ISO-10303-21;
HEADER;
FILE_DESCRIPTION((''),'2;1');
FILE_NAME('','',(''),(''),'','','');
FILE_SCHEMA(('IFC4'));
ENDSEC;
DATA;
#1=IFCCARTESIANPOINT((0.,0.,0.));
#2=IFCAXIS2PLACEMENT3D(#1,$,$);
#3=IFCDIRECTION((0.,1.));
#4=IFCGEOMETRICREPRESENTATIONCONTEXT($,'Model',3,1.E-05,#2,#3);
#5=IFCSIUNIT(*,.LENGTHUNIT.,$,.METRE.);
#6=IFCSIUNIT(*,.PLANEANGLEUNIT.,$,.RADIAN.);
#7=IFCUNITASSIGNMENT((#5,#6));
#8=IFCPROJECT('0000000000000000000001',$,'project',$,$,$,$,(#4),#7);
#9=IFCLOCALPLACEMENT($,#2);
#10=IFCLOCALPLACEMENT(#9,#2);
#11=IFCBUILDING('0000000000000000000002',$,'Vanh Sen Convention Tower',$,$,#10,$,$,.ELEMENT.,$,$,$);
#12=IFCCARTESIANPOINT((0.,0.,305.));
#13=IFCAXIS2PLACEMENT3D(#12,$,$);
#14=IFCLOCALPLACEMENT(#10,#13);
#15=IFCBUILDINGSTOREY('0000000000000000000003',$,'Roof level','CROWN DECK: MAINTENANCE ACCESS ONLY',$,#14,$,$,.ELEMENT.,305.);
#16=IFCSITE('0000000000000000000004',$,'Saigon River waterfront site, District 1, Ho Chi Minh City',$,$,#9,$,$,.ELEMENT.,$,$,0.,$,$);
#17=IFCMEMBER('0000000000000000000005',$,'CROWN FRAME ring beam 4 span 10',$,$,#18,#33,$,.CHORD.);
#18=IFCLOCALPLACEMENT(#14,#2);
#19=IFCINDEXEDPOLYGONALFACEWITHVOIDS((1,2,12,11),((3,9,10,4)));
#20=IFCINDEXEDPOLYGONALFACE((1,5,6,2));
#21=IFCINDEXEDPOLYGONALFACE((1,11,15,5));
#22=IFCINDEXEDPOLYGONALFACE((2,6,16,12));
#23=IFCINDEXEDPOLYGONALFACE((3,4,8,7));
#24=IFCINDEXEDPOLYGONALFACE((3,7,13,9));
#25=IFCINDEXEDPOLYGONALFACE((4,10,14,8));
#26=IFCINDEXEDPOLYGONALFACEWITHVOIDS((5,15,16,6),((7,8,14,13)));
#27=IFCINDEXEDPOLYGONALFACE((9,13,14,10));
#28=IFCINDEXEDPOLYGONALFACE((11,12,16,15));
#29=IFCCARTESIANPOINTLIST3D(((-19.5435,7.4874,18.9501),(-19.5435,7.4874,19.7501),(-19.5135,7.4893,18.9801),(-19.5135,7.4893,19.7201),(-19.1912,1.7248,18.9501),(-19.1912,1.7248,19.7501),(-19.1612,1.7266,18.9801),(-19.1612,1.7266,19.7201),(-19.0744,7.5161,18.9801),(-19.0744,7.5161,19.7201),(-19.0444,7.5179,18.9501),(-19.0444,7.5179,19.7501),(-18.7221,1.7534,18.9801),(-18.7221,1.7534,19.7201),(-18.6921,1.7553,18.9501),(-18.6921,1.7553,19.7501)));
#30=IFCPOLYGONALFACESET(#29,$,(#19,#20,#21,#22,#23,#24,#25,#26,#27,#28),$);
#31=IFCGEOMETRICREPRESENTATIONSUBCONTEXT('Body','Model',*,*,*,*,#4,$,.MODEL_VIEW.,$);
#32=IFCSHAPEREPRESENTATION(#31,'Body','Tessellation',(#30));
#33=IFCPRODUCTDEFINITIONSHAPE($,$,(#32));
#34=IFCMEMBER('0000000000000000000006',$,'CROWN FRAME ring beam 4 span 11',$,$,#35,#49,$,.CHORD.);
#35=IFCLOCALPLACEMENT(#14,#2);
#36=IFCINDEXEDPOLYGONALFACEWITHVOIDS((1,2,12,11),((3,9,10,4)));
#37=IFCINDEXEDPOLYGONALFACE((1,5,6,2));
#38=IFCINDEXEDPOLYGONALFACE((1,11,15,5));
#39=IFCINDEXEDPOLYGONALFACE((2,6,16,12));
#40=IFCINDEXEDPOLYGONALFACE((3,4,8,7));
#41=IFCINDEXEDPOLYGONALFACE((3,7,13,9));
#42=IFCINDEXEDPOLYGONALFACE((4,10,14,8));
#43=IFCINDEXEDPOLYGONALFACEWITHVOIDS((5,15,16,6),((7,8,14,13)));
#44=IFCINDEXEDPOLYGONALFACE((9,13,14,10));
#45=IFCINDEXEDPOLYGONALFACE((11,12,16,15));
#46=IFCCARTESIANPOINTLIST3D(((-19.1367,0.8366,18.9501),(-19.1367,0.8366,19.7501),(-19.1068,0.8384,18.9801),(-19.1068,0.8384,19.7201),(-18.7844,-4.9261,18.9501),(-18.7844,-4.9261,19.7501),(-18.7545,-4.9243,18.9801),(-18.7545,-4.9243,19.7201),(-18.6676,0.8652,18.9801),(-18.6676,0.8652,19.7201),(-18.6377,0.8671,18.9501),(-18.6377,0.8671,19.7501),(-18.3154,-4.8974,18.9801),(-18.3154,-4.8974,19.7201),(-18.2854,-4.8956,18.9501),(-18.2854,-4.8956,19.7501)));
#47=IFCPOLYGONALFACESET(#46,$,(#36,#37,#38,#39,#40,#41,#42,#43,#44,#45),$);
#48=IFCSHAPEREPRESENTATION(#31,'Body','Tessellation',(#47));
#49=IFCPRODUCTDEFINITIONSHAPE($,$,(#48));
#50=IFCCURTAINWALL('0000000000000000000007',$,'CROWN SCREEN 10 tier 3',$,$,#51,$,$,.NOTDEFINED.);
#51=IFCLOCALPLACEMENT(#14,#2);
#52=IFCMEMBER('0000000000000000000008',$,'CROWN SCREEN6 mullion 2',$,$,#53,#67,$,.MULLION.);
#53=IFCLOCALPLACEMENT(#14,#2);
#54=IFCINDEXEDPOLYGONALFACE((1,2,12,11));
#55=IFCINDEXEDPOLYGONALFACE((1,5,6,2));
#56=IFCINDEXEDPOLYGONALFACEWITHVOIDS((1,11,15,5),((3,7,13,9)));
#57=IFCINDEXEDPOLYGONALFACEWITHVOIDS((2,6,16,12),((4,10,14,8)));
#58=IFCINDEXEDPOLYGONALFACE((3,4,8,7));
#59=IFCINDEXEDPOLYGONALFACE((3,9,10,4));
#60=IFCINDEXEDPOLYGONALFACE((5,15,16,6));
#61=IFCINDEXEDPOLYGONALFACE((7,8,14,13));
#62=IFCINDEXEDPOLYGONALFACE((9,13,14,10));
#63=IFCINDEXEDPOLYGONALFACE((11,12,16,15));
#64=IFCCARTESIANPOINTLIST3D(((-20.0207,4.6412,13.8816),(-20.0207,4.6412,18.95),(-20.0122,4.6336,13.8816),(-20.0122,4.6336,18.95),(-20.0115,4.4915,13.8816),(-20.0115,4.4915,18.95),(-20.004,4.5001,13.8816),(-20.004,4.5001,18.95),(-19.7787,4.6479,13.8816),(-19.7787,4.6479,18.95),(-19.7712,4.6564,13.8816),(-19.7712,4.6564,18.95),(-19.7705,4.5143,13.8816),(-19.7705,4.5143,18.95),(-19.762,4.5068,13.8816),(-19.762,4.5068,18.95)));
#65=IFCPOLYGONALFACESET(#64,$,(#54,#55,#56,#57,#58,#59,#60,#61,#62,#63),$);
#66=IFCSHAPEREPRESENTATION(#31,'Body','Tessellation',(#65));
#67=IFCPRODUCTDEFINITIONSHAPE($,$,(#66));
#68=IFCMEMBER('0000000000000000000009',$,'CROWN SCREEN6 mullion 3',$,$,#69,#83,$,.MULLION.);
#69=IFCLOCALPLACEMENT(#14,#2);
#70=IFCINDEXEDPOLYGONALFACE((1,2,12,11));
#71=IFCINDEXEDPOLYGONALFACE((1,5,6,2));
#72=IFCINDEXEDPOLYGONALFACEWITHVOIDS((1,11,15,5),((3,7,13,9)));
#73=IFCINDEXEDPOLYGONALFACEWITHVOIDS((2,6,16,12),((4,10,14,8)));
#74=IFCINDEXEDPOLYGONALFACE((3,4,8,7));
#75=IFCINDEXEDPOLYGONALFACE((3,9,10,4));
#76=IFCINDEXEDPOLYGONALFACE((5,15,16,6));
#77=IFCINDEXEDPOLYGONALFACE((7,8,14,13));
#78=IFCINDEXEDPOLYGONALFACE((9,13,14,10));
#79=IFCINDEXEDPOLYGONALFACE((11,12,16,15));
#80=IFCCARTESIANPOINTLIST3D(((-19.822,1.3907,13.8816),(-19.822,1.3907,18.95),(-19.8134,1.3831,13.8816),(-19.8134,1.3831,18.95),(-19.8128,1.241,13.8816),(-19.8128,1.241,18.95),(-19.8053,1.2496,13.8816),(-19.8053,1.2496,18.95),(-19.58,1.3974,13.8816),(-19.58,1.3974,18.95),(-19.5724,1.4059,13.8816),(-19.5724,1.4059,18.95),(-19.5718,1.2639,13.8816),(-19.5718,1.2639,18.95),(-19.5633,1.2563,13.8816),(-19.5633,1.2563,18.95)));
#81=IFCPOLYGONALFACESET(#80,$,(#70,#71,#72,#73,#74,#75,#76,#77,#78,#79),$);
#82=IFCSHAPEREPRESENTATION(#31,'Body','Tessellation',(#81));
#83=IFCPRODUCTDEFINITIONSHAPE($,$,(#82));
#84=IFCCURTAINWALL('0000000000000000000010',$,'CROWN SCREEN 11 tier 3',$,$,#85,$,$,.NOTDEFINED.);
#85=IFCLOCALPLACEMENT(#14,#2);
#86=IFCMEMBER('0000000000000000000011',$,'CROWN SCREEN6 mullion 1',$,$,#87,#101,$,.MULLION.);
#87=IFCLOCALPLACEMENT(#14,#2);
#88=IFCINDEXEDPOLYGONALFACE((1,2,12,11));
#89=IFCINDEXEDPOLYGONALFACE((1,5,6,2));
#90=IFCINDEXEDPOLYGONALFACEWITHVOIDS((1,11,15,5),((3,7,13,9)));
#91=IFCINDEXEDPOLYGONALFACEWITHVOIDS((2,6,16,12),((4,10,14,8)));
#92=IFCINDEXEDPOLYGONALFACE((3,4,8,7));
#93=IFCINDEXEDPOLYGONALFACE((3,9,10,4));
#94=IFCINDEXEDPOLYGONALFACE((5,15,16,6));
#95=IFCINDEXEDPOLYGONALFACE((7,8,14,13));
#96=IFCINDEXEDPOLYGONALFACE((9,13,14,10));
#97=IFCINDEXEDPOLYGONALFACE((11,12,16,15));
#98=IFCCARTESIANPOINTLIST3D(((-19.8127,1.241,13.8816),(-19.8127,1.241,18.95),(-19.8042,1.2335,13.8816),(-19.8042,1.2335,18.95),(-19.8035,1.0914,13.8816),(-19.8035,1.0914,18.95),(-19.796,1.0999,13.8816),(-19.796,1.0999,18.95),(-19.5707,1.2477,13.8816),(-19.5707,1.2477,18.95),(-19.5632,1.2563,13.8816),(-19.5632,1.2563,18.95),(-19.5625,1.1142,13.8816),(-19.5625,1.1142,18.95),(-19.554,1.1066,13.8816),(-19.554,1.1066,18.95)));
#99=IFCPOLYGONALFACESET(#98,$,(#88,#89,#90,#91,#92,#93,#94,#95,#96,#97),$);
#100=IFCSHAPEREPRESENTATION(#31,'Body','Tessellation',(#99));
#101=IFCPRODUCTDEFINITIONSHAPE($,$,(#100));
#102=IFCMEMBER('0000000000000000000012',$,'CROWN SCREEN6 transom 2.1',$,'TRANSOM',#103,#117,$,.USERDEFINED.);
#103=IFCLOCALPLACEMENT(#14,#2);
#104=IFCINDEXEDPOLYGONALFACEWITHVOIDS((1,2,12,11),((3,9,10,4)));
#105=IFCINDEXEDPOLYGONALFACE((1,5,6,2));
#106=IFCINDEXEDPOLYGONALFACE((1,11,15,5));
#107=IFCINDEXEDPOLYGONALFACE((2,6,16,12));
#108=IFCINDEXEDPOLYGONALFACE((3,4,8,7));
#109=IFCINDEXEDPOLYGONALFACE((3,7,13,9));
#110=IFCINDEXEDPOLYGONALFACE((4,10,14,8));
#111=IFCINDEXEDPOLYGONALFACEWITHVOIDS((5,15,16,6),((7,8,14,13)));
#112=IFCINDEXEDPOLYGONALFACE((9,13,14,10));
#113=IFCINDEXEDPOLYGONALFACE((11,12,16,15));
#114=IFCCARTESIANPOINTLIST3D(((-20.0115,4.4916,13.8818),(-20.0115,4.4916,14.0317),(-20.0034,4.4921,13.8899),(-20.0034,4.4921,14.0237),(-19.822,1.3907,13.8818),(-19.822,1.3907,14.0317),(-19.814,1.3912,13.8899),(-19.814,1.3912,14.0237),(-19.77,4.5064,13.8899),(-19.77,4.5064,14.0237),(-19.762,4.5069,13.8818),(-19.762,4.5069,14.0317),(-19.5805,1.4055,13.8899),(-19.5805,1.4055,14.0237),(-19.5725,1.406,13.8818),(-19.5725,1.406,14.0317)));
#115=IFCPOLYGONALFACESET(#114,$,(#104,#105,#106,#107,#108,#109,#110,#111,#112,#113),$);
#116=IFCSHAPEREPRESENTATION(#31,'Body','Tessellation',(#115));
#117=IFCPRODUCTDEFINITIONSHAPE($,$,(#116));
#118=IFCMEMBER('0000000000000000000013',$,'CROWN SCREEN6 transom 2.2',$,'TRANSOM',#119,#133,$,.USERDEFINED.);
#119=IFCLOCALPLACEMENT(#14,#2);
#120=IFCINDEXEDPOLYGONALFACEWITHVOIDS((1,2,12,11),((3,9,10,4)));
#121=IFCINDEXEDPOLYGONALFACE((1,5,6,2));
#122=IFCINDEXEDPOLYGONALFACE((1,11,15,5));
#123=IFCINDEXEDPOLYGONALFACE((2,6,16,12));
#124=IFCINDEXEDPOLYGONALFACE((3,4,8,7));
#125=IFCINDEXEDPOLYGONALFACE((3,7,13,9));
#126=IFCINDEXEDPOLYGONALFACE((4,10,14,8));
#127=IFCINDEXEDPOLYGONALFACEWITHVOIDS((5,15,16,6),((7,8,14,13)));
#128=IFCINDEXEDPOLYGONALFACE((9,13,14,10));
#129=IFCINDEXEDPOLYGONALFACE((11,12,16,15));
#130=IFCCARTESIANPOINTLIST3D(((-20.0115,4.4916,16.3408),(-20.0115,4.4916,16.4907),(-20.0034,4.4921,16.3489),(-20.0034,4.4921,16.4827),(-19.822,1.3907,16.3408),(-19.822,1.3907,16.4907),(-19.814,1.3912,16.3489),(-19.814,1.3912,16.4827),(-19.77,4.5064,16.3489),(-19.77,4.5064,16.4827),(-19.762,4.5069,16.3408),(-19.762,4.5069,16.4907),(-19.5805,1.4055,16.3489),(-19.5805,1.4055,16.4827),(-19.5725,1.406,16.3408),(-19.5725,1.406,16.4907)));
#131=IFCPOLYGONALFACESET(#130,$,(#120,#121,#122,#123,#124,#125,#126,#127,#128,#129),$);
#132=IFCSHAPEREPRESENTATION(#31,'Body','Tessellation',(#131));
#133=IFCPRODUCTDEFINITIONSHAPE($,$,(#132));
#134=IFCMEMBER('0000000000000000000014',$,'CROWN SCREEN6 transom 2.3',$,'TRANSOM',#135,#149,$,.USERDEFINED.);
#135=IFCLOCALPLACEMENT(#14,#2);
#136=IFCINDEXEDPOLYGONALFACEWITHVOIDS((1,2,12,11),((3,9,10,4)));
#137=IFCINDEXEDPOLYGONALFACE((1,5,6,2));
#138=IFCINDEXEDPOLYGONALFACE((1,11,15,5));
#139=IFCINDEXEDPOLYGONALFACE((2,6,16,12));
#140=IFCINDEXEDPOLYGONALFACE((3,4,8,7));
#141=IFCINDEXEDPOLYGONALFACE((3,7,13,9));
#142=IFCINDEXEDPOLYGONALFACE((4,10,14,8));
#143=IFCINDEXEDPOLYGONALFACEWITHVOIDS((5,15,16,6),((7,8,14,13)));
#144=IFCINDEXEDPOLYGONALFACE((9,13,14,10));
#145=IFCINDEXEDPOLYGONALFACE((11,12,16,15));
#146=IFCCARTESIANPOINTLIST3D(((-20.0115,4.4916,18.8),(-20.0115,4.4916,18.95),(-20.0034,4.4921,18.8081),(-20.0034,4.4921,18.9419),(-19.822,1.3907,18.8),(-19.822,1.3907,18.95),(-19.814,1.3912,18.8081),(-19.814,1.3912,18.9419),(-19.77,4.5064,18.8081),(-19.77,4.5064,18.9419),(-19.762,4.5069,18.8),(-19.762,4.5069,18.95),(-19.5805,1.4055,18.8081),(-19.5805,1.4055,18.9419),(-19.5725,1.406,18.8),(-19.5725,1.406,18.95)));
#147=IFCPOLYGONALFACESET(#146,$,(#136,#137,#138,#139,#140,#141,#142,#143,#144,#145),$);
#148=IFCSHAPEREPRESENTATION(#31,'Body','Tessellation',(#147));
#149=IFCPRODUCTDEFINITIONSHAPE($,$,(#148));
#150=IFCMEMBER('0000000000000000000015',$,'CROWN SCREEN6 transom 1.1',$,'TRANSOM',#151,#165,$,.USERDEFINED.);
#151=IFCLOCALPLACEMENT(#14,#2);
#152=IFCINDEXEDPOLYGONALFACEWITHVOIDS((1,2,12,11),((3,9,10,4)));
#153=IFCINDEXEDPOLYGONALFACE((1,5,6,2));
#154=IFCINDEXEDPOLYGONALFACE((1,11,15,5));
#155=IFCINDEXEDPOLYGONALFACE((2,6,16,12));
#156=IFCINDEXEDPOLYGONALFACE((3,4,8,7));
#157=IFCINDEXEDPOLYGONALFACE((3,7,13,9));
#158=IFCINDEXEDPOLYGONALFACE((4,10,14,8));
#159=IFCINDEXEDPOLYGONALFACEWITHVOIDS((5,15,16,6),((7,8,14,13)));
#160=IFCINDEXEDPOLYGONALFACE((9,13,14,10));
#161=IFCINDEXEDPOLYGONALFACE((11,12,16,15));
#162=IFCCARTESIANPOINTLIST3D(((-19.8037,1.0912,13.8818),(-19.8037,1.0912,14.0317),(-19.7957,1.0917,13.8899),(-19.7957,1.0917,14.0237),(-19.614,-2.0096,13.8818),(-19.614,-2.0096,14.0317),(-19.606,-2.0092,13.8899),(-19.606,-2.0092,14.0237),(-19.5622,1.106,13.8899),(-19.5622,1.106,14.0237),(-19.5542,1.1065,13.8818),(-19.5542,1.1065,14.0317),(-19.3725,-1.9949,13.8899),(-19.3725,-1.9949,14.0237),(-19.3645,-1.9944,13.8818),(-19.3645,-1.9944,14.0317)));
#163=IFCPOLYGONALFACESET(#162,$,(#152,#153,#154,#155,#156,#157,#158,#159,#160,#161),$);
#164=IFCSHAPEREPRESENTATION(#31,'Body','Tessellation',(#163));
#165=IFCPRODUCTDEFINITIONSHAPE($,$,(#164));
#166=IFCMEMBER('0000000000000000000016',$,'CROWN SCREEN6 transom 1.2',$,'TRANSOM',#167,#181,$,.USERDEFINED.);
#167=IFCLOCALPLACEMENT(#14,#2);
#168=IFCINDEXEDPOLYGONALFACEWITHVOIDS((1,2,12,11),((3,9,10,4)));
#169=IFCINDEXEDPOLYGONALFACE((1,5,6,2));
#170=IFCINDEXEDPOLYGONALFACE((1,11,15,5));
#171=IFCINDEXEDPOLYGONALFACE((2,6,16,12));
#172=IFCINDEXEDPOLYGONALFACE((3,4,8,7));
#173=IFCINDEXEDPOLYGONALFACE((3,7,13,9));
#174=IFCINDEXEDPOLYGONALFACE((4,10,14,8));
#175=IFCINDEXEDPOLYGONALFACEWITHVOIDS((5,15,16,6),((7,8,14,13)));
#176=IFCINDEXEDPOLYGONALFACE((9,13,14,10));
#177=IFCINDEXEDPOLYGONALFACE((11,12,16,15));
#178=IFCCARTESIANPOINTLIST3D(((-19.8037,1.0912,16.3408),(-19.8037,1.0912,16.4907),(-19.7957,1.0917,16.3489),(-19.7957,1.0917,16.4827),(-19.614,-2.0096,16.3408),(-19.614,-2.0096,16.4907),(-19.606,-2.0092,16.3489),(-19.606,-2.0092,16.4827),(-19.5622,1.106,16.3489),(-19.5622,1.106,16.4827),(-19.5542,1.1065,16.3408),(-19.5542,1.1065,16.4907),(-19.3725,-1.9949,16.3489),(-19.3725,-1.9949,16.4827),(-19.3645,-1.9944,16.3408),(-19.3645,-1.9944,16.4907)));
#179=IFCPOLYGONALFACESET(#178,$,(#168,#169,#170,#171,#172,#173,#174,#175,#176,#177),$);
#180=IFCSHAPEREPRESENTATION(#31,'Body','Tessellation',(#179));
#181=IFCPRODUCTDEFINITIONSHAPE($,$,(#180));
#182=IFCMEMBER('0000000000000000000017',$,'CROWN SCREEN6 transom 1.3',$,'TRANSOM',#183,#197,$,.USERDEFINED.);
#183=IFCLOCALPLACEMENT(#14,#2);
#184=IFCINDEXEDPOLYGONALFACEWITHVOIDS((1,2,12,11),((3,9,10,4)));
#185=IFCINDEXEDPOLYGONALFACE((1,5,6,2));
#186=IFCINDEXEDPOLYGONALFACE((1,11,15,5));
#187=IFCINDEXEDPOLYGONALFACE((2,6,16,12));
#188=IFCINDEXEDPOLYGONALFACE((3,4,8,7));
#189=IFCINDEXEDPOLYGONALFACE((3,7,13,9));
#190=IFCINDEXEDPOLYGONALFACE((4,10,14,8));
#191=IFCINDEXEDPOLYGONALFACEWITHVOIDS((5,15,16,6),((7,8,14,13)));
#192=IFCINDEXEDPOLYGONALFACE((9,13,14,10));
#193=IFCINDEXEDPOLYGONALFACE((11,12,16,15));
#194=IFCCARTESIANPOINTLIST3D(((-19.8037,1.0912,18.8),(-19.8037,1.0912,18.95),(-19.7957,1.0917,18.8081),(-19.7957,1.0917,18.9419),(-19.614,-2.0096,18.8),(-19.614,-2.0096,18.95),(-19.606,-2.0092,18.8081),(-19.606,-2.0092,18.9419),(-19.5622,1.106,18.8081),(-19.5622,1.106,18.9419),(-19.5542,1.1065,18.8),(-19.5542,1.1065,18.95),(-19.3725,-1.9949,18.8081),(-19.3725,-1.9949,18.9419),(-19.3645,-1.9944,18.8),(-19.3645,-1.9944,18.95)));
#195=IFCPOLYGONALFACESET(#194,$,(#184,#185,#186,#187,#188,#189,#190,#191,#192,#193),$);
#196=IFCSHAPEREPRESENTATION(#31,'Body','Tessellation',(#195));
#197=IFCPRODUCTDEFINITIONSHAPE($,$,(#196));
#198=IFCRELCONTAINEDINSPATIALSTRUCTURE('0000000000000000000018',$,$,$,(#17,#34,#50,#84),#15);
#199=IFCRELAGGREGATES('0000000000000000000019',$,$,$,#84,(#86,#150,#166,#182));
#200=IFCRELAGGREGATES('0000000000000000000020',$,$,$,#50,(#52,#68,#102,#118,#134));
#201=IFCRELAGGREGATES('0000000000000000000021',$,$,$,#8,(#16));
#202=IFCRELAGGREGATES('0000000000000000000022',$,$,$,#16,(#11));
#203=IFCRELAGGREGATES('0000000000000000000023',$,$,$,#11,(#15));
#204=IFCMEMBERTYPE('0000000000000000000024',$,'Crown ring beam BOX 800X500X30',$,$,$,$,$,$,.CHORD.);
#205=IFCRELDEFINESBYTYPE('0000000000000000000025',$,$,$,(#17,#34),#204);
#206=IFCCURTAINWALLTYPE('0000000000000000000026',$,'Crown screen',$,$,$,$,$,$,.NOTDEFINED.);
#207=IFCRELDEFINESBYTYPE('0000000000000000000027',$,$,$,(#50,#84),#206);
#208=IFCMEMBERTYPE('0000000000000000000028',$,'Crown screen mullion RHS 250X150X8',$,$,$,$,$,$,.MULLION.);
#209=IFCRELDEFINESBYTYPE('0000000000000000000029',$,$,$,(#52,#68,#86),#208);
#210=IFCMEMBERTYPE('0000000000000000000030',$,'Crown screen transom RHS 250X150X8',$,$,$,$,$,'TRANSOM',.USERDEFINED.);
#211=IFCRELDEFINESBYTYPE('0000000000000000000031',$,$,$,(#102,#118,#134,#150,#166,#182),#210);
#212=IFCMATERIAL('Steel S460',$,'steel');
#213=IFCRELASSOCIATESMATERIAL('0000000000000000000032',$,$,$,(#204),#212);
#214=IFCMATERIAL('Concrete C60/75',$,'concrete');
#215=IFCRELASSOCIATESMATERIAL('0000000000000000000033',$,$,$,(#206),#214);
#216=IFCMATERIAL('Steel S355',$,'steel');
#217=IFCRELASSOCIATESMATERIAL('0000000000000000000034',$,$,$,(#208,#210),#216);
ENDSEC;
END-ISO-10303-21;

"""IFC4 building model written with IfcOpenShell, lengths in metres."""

from ifc_helpers import new_model, si_unit, direction, frame, origin, origin_2d, place, context, subcontext, project, spatial, hollow_rectangle, extrude, material, material_profile, profile_set, type_object, element, aggregate, save


model = new_model("IFC4")

# Units and contexts
model_context = context("Model", 3, precision=1e-05, world=origin(), true_north=direction((0.0, 1.0)))
body_context = subcontext(model_context, "Body", "Model", "MODEL_VIEW")
ifc_project = project(units=[si_unit("LENGTHUNIT", "METRE"), si_unit("PLANEANGLEUNIT", "RADIAN")], contexts=[model_context])

# Site, building, storey
site_placement = place(None, origin())
site = spatial("IfcSite", under=ifc_project, at=site_placement, Name="Saigon River waterfront site, District 1, Ho Chi Minh City", CompositionType="ELEMENT", RefElevation=0.0)
building_placement = place(site_placement, origin())
building = spatial("IfcBuilding", under=site, at=building_placement, Name="Vanh Sen Convention Tower", CompositionType="ELEMENT")
storey_placement = place(building_placement, frame((0.0, 0.0, 305.0)))
storey = spatial("IfcBuildingStorey", under=building, at=storey_placement, Name="Roof level", Description="CROWN DECK: MAINTENANCE ACCESS ONLY", CompositionType="ELEMENT", Elevation=305.0)

# Members
ifc_material_1 = material(Name="Steel S460", Category="steel")
ifc_material_profile_1 = material_profile(ifc_material_1, hollow_rectangle(XDim=0.5, YDim=0.8, WallThickness=0.03, at=origin_2d()), Name="BOX 800X500X30")
ifc_profile_set_1 = profile_set([ifc_material_profile_1], Name="Steel S460")
member_type_1 = type_object("IfcMemberType", Name="Crown ring beam BOX 800X500X30", PredefinedType="CHORD", material=ifc_profile_set_1)
for number, where, z_axis, x_axis, name in (
    (1, (-19.2939, 7.5027, 19.3501), (0.06102, -0.998137, 0.0), (0.998137, 0.06102, 0.0), "CROWN FRAME ring beam 4 span 10"),
    (2, (-18.8872, 0.8518, 19.3501), (0.06102, -0.998137, 0.0), (0.998137, 0.06102, 0.0), "CROWN FRAME ring beam 4 span 11"),
):
    element("IfcMember", number, at=place(storey_placement, frame(where, z_axis=z_axis, x_axis=x_axis)), inside=storey, type_object=member_type_1, Name=name, PredefinedType="CHORD", context=body_context, shape_type="SweptSolid", body=[
        extrude(hollow_rectangle(XDim=0.5, YDim=0.8, WallThickness=0.03, at=origin_2d()), origin(), (0.0, 0.0, 1.0), 5.7734),
    ])

# Curtain wall, members
ifc_material_2 = material(Name="Concrete C60/75", Category="concrete")
curtain_wall_type = type_object("IfcCurtainWallType", Name="Crown screen", PredefinedType="NOTDEFINED", material=ifc_material_2)
curtain_wall_1_placement = place(storey_placement, origin())
curtain_wall_1 = element("IfcCurtainWall", 3, at=curtain_wall_1_placement, inside=storey, type_object=curtain_wall_type, Name="CROWN SCREEN 10 tier 3", PredefinedType="NOTDEFINED")
ifc_material_3 = material(Name="Steel S355", Category="steel")
ifc_material_profile_2 = material_profile(ifc_material_3, hollow_rectangle(XDim=0.25, YDim=0.1499, WallThickness=0.0081, at=origin_2d()), Name="RHS 250X150X8")
ifc_profile_set_2 = profile_set([ifc_material_profile_2], Name="Steel S355")
member_type_2 = type_object("IfcMemberType", Name="Crown screen mullion RHS 250X150X8", PredefinedType="MULLION", material=ifc_profile_set_2)
member_1_placement = place(storey_placement, frame((-19.8914, 4.574, 13.8816), z_axis=(0.0, 0.0, 1.0), x_axis=(0.998135, 0.061051, 0.0)))
member_1 = element("IfcMember", 4, at=member_1_placement, type_object=member_type_2, Name="CROWN SCREEN6 mullion 2", PredefinedType="MULLION", context=body_context, shape_type="SweptSolid", body=[
    extrude(hollow_rectangle(XDim=0.25, YDim=0.1499, WallThickness=0.0081, at=origin_2d()), origin(), (0.0, 0.0, 1.0), 5.0684),
])
member_2_placement = place(storey_placement, frame((-19.6926, 1.3235, 13.8816), z_axis=(0.0, 0.0, 1.0), x_axis=(0.998135, 0.061051, 0.0)))
member_2 = element("IfcMember", 5, at=member_2_placement, type_object=member_type_2, Name="CROWN SCREEN6 mullion 3", PredefinedType="MULLION", context=body_context, shape_type="SweptSolid", body=[
    extrude(hollow_rectangle(XDim=0.25, YDim=0.1499, WallThickness=0.0081, at=origin_2d()), origin(), (0.0, 0.0, 1.0), 5.0684),
])

# Curtain wall, member
curtain_wall_2_placement = place(storey_placement, origin())
curtain_wall_2 = element("IfcCurtainWall", 6, at=curtain_wall_2_placement, inside=storey, type_object=curtain_wall_type, Name="CROWN SCREEN 11 tier 3", PredefinedType="NOTDEFINED")
member_3_placement = place(storey_placement, frame((-19.6833, 1.1738, 13.8816), z_axis=(0.0, 0.0, 1.0), x_axis=(0.998135, 0.061051, 0.0)))
member_3 = element("IfcMember", 7, at=member_3_placement, type_object=member_type_2, Name="CROWN SCREEN6 mullion 1", PredefinedType="MULLION", context=body_context, shape_type="SweptSolid", body=[
    extrude(hollow_rectangle(XDim=0.25, YDim=0.1499, WallThickness=0.0081, at=origin_2d()), origin(), (0.0, 0.0, 1.0), 5.0684),
])

# Members
ifc_material_profile_3 = material_profile(ifc_material_3, hollow_rectangle(XDim=0.25, YDim=0.1499, WallThickness=0.0081, at=origin_2d()), Name="RHS 250X150X8")
ifc_profile_set_3 = profile_set([ifc_material_profile_3], Name="Steel S355")
member_type_3 = type_object("IfcMemberType", Name="Crown screen transom RHS 250X150X8", ElementType="TRANSOM", PredefinedType="USERDEFINED", material=ifc_profile_set_3)
member_4_placement = place(storey_placement, frame((-19.8867, 4.4993, 13.9568), z_axis=(0.060984, -0.998139, 0.0), x_axis=(0.998139, 0.060984, 0.0)))
member_4 = element("IfcMember", 8, at=member_4_placement, type_object=member_type_3, Name="CROWN SCREEN6 transom 2.1", ObjectType="TRANSOM", PredefinedType="USERDEFINED", context=body_context, shape_type="SweptSolid", body=[
    extrude(hollow_rectangle(XDim=0.25, YDim=0.1499, WallThickness=0.0081, at=origin_2d()), origin(), (0.0, 0.0, 1.0), 3.1067),
])
member_5_placement = place(storey_placement, frame((-19.8867, 4.4993, 16.4158), z_axis=(0.060984, -0.998139, 0.0), x_axis=(0.998139, 0.060984, 0.0)))
member_5 = element("IfcMember", 9, at=member_5_placement, type_object=member_type_3, Name="CROWN SCREEN6 transom 2.2", ObjectType="TRANSOM", PredefinedType="USERDEFINED", context=body_context, shape_type="SweptSolid", body=[
    extrude(hollow_rectangle(XDim=0.25, YDim=0.1499, WallThickness=0.0081, at=origin_2d()), origin(), (0.0, 0.0, 1.0), 3.1067),
])
member_6_placement = place(storey_placement, frame((-19.8867, 4.4993, 18.875), z_axis=(0.060984, -0.998139, 0.0), x_axis=(0.998139, 0.060984, 0.0)))
member_6 = element("IfcMember", 10, at=member_6_placement, type_object=member_type_3, Name="CROWN SCREEN6 transom 2.3", ObjectType="TRANSOM", PredefinedType="USERDEFINED", context=body_context, shape_type="SweptSolid", body=[
    extrude(hollow_rectangle(XDim=0.25, YDim=0.1499, WallThickness=0.0081, at=origin_2d()), origin(), (0.0, 0.0, 1.0), 3.1067),
])
member_7_placement = place(storey_placement, frame((-19.679, 1.0989, 13.9568), z_axis=(0.061062, -0.998134, 0.0), x_axis=(0.998134, 0.061062, 0.0)))
member_7 = element("IfcMember", 11, at=member_7_placement, type_object=member_type_3, Name="CROWN SCREEN6 transom 1.1", ObjectType="TRANSOM", PredefinedType="USERDEFINED", context=body_context, shape_type="SweptSolid", body=[
    extrude(hollow_rectangle(XDim=0.25, YDim=0.1499, WallThickness=0.0081, at=origin_2d()), origin(), (0.0, 0.0, 1.0), 3.1067),
])
member_8_placement = place(storey_placement, frame((-19.679, 1.0989, 16.4158), z_axis=(0.061062, -0.998134, 0.0), x_axis=(0.998134, 0.061062, 0.0)))
member_8 = element("IfcMember", 12, at=member_8_placement, type_object=member_type_3, Name="CROWN SCREEN6 transom 1.2", ObjectType="TRANSOM", PredefinedType="USERDEFINED", context=body_context, shape_type="SweptSolid", body=[
    extrude(hollow_rectangle(XDim=0.25, YDim=0.1499, WallThickness=0.0081, at=origin_2d()), origin(), (0.0, 0.0, 1.0), 3.1067),
])
member_9_placement = place(storey_placement, frame((-19.679, 1.0989, 18.875), z_axis=(0.061062, -0.998134, 0.0), x_axis=(0.998134, 0.061062, 0.0)))
member_9 = element("IfcMember", 13, at=member_9_placement, type_object=member_type_3, Name="CROWN SCREEN6 transom 1.3", ObjectType="TRANSOM", PredefinedType="USERDEFINED", context=body_context, shape_type="SweptSolid", body=[
    extrude(hollow_rectangle(XDim=0.25, YDim=0.1499, WallThickness=0.0081, at=origin_2d()), origin(), (0.0, 0.0, 1.0), 3.1067),
])
aggregate(curtain_wall_2, [member_3, member_7, member_8, member_9])

aggregate(curtain_wall_1, [member_1, member_2, member_4, member_5, member_6])

save(model, "model.ifc")
